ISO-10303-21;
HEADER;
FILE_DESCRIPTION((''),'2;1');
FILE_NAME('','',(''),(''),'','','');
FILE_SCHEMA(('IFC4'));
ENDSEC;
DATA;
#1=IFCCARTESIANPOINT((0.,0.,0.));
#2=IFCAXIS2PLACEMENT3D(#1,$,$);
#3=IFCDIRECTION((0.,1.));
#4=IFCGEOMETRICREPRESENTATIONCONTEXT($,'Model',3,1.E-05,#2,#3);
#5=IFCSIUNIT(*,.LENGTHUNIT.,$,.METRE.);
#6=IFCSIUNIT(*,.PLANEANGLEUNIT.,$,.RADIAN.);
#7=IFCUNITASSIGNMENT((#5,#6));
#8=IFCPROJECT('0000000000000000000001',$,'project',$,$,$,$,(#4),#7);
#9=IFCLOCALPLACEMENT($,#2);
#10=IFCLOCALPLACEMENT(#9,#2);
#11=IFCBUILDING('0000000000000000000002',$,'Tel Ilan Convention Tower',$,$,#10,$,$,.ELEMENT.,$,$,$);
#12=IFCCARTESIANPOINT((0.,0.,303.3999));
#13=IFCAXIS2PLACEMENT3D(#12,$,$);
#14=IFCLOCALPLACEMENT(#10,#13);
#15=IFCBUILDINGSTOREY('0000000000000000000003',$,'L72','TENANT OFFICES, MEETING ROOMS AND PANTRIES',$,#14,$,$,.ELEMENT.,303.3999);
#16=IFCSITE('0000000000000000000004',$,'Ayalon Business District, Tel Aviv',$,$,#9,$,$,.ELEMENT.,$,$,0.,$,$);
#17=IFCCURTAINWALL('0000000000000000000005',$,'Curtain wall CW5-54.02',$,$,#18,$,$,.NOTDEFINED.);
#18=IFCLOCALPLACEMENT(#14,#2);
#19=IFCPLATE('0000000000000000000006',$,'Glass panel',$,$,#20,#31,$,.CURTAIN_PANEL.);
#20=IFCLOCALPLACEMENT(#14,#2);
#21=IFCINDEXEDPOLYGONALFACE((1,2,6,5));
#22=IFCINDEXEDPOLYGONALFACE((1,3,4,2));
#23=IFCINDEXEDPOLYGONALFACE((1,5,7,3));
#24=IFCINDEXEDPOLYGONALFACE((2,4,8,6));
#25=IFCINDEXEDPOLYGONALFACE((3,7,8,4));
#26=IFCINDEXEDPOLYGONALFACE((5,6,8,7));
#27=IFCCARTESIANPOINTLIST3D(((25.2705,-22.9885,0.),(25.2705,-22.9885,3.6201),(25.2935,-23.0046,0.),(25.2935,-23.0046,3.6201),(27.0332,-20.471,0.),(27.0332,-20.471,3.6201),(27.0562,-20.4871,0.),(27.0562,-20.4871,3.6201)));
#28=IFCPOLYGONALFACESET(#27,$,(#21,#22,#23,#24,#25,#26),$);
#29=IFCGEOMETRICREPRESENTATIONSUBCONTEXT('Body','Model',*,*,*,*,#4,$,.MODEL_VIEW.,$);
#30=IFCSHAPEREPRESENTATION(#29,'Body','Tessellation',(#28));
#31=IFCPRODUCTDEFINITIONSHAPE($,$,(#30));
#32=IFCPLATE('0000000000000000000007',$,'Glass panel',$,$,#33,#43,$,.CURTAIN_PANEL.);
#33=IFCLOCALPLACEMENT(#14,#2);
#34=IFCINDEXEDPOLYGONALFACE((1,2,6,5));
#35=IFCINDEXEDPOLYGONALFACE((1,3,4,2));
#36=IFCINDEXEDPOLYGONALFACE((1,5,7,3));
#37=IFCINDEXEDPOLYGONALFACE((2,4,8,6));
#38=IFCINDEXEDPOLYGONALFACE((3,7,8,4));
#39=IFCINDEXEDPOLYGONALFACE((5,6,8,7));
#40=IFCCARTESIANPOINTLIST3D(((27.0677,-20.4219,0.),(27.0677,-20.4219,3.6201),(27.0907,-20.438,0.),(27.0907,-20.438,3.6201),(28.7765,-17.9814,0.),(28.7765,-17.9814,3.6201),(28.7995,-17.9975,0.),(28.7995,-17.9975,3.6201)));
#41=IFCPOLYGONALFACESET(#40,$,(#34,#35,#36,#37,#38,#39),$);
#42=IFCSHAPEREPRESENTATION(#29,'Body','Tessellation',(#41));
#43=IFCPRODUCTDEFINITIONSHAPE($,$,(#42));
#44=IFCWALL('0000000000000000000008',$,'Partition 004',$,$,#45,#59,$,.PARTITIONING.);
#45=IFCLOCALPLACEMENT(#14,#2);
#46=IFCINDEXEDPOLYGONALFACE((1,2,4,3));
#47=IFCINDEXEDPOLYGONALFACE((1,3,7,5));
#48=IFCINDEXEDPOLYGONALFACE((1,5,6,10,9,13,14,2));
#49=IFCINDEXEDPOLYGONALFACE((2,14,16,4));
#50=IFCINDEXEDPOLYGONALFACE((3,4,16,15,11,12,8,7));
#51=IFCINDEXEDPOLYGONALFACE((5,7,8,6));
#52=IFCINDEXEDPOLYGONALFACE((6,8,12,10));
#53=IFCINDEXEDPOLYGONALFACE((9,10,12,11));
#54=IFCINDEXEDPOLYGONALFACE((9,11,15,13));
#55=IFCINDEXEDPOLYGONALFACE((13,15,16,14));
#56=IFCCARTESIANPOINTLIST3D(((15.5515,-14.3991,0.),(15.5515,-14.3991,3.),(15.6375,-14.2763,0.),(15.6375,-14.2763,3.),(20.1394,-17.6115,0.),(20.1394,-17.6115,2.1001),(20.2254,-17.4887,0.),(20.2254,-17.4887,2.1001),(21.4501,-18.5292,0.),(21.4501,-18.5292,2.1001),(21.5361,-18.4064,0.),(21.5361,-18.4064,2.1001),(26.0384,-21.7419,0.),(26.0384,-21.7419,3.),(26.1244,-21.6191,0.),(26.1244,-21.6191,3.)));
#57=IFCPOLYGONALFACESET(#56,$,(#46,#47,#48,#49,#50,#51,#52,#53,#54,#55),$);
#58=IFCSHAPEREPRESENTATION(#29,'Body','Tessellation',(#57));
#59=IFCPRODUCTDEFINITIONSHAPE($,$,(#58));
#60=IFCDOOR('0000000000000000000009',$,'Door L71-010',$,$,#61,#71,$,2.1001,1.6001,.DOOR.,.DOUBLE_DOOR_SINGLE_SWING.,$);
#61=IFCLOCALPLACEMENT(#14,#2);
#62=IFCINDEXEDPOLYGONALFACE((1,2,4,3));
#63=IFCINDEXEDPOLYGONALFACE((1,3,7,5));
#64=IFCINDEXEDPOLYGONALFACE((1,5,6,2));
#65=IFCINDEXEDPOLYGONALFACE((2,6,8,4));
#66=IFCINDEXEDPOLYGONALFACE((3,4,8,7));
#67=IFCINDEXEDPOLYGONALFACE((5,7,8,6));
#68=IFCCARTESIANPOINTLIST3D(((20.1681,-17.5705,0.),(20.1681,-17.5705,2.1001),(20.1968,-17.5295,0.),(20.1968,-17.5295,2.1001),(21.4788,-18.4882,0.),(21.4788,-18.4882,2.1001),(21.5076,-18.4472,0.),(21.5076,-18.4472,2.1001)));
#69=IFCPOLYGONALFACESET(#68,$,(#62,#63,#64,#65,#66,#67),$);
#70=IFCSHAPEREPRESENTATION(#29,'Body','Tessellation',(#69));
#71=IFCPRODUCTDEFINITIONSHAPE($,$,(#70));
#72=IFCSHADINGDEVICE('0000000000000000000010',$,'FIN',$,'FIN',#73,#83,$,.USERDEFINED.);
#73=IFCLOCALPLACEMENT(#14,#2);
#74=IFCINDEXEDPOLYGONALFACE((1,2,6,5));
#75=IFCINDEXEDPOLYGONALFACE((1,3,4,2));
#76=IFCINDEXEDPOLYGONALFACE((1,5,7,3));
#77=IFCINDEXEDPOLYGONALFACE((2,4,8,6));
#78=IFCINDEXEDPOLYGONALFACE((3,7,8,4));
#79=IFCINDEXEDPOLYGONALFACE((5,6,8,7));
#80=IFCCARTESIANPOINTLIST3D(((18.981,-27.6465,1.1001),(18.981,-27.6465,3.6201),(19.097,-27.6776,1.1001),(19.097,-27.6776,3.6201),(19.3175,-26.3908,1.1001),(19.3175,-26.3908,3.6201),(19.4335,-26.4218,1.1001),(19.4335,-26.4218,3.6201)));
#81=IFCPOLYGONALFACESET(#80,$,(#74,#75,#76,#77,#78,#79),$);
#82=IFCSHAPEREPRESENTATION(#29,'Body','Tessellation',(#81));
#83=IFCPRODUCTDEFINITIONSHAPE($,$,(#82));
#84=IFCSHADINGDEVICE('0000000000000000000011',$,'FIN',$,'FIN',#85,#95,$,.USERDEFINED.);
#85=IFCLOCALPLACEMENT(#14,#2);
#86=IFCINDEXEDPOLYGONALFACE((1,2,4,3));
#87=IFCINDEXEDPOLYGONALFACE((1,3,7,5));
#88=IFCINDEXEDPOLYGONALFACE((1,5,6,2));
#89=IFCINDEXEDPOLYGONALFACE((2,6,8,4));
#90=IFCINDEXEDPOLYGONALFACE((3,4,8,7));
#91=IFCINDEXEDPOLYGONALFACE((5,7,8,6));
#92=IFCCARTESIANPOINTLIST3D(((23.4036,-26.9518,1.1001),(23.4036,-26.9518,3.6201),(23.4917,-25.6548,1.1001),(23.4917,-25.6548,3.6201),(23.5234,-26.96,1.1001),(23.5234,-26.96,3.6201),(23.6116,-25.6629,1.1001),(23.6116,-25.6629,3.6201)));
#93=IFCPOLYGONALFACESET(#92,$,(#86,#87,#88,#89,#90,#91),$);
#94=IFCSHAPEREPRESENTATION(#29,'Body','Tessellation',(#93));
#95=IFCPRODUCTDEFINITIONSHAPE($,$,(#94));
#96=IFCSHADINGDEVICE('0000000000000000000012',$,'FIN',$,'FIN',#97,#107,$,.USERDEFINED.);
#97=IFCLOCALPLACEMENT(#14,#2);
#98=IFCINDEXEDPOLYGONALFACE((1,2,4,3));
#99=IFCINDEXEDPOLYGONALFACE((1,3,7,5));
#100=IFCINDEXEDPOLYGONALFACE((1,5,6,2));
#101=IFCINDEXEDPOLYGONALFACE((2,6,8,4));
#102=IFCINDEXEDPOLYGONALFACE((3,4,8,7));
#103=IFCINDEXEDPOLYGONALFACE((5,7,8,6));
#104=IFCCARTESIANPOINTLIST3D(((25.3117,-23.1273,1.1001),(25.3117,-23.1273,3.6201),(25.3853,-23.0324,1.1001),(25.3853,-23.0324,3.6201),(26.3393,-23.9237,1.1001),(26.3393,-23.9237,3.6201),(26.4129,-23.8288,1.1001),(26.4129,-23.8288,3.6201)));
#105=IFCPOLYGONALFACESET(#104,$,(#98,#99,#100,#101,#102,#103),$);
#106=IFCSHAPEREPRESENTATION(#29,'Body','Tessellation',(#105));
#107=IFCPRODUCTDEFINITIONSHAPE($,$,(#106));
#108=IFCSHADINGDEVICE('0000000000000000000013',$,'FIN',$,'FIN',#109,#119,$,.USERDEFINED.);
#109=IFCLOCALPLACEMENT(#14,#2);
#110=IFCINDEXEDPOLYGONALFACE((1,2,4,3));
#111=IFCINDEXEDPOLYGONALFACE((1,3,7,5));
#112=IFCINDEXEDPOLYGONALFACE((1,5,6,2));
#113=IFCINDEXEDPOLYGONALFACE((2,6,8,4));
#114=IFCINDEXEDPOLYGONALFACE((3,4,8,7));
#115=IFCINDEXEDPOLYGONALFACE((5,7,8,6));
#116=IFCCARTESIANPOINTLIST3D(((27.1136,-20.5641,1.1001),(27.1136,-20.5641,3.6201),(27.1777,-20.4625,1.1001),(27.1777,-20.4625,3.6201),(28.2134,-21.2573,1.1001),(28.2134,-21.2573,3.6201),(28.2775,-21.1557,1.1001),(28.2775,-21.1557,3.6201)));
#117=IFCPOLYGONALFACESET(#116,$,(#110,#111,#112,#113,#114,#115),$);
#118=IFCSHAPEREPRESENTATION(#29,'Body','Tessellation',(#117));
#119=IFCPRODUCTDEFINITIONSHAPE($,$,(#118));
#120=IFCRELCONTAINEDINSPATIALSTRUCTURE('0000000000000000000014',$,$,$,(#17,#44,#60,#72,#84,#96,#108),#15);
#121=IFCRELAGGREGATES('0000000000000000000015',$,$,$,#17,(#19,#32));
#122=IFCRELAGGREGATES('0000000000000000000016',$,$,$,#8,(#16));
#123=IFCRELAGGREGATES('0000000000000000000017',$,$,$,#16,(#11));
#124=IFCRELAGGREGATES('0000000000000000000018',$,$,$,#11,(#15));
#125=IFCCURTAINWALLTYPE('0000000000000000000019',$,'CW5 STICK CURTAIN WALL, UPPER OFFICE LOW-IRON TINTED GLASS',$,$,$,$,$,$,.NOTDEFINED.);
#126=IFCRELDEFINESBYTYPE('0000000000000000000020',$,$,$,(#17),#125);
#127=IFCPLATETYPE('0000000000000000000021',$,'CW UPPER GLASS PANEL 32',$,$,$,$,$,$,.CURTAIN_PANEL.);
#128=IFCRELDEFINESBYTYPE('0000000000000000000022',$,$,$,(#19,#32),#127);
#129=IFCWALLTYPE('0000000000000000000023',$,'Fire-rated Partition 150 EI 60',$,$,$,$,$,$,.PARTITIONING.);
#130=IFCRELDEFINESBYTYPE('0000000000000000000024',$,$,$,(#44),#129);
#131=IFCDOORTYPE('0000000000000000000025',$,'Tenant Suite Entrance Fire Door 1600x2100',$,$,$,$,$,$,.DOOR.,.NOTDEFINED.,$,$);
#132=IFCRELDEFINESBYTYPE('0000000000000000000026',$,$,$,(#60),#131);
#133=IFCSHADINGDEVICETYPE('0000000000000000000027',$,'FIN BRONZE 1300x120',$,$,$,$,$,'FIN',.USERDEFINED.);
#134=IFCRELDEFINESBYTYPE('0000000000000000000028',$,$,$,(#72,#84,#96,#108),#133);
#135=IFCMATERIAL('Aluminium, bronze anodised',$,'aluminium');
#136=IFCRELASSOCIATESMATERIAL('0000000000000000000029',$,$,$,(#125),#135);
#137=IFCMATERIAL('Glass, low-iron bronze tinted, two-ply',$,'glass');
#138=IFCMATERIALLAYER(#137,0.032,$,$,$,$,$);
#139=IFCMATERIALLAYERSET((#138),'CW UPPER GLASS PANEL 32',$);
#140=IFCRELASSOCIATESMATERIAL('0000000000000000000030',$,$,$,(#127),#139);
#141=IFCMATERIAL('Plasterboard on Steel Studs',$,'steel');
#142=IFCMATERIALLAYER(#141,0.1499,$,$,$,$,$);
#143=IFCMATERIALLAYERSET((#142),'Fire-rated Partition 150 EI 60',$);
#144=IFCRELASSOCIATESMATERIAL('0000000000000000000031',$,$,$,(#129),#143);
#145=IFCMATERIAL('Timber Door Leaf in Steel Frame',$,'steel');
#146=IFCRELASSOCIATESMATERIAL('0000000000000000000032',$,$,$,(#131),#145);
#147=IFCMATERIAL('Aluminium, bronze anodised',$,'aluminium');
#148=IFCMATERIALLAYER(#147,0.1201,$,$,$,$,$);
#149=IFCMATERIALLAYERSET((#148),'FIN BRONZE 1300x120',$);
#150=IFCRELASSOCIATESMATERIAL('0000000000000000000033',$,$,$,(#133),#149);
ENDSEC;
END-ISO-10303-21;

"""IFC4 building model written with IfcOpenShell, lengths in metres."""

from ifc_helpers import new_model, si_unit, direction, frame, frame_2d, origin, origin_2d, place, context, subcontext, project, spatial, rectangle, extrude, material, layer, layer_set, type_object, element, fill, aggregate, save


model = new_model("IFC4")

# Units and contexts
model_context = context("Model", 3, precision=1e-05, world=origin(), true_north=direction((0.0, 1.0)))
body_context = subcontext(model_context, "Body", "Model", "MODEL_VIEW")
ifc_project = project(units=[si_unit("LENGTHUNIT", "METRE"), si_unit("PLANEANGLEUNIT", "RADIAN")], contexts=[model_context])

# Site, building, storey
site_placement = place(None, origin())
site = spatial("IfcSite", under=ifc_project, at=site_placement, Name="Ayalon Business District, Tel Aviv", CompositionType="ELEMENT", RefElevation=0.0)
building_placement = place(site_placement, origin())
building = spatial("IfcBuilding", under=site, at=building_placement, Name="Tel Ilan Convention Tower", CompositionType="ELEMENT")
storey_placement = place(building_placement, frame((0.0, 0.0, 303.3999)))
storey = spatial("IfcBuildingStorey", under=building, at=storey_placement, Name="L72", Description="TENANT OFFICES, MEETING ROOMS AND PANTRIES", CompositionType="ELEMENT", Elevation=303.3999)

# Curtain wall, plates
ifc_material_1 = material(Name="Aluminium, bronze anodised", Category="aluminium")
curtain_wall_type = type_object("IfcCurtainWallType", Name="CW5 STICK CURTAIN WALL, UPPER OFFICE LOW-IRON TINTED GLASS", PredefinedType="NOTDEFINED", material=ifc_material_1)
curtain_wall_placement = place(storey_placement, origin())
curtain_wall = element("IfcCurtainWall", 1, at=curtain_wall_placement, inside=storey, type_object=curtain_wall_type, Name="Curtain wall CW5-54.02", PredefinedType="NOTDEFINED")
ifc_material_2 = material(Name="Glass, low-iron bronze tinted, two-ply", Category="glass")
ifc_layer_1 = layer(ifc_material_2, 0.032)
ifc_layer_set_1 = layer_set([ifc_layer_1], Name="CW UPPER GLASS PANEL 32")
plate_type = type_object("IfcPlateType", Name="CW UPPER GLASS PANEL 32", PredefinedType="CURTAIN_PANEL", material=ifc_layer_set_1)
plate_1_placement = place(storey_placement, frame((26.1633, -21.7378, 0.0), z_axis=(0.0, 0.0, 1.0), x_axis=(0.573576, 0.819152, 0.0)))
plate_1 = element("IfcPlate", 2, at=plate_1_placement, type_object=plate_type, Name="Glass panel", PredefinedType="CURTAIN_PANEL", context=body_context, shape_type="SweptSolid", body=[
    extrude(rectangle(XDim=3.0732, YDim=0.0281, at=origin_2d()), origin(), (0.0, 0.0, 1.0), 3.6201),
])
plate_2_placement = place(storey_placement, frame((27.9336, -19.2097, 0.0), z_axis=(0.0, 0.0, 1.0), x_axis=(0.573576, 0.819152, 0.0)))
plate_2 = element("IfcPlate", 3, at=plate_2_placement, type_object=plate_type, Name="Glass panel", PredefinedType="CURTAIN_PANEL", context=body_context, shape_type="SweptSolid", body=[
    extrude(rectangle(XDim=2.9792, YDim=0.0281, at=origin_2d()), origin(), (0.0, 0.0, 1.0), 3.6201),
])
aggregate(curtain_wall, [plate_1, plate_2])

# Wall, opening, door
ifc_material_3 = material(Name="Plasterboard on Steel Studs", Category="steel")
ifc_layer_2 = layer(ifc_material_3, 0.1499)
ifc_layer_set_2 = layer_set([ifc_layer_2], Name="Fire-rated Partition 150 EI 60")
wall_type = type_object("IfcWallType", Name="Fire-rated Partition 150 EI 60", PredefinedType="PARTITIONING", material=ifc_layer_set_2)
wall_placement = place(storey_placement, frame((26.0813, -21.6804, 0.0), z_axis=(0.0, 0.0, 1.0), x_axis=(-0.819158, 0.573567, 0.0)))
wall = element("IfcWall", 4, at=wall_placement, inside=storey, type_object=wall_type, Name="Partition 004", PredefinedType="PARTITIONING", context=body_context, shape_type="SweptSolid", body=[
    extrude(rectangle(XDim=12.802, YDim=0.1499, at=frame_2d((6.4009, 0.0))), origin(), (0.0, 0.0, 1.0), 3.0),
])
opening_placement = place(wall_placement, frame((5.6011, 0.0, 0.0)))
opening = element("IfcOpeningElement", 5, at=opening_placement, cuts=wall, PredefinedType="OPENING", context=body_context, shape_type="SweptSolid", body=[
    extrude(rectangle(XDim=1.6001, YDim=2.1001, at=frame_2d((0.8, 1.05))), frame((0.0, 0.085, 0.0), z_axis=(0.0, -1.0, 0.0), x_axis=(1.0, 0.0, 0.0)), (0.0, 0.0, 1.0), 0.1699),
])
ifc_material_4 = material(Name="Timber Door Leaf in Steel Frame", Category="steel")
door_type = type_object("IfcDoorType", Name="Tenant Suite Entrance Fire Door 1600x2100", OperationType="NOTDEFINED", PredefinedType="DOOR", material=ifc_material_4)
door_placement = place(opening_placement, origin())
door = element("IfcDoor", 6, at=door_placement, inside=storey, type_object=door_type, Name="Door L71-010", OperationType="DOUBLE_DOOR_SINGLE_SWING", OverallHeight=2.1001, OverallWidth=1.6001, PredefinedType="DOOR", context=body_context, shape_type="SweptSolid", body=[
    extrude(rectangle(XDim=1.6001, YDim=2.1001, at=frame_2d((0.8, 1.05))), frame((0.0, 0.0249, 0.0), z_axis=(0.0, -1.0, 0.0), x_axis=(1.0, 0.0, 0.0)), (0.0, 0.0, 1.0), 0.05),
])
fill(opening, door)

# Shading devices
ifc_material_5 = material(Name="Aluminium, bronze anodised", Category="aluminium")
ifc_layer_3 = layer(ifc_material_5, 0.1201)
ifc_layer_set_3 = layer_set([ifc_layer_3], Name="FIN BRONZE 1300x120")
shading_device_type = type_object("IfcShadingDeviceType", Name="FIN BRONZE 1300x120", ElementType="FIN", PredefinedType="USERDEFINED", material=ifc_layer_set_3)
for number, where, z_axis, x_axis, name in (
    (7, (19.2073, -27.0342, 1.1001), (0.0, 0.0, 1.0), (-0.258819, -0.965926, 0.0), "FIN"),
    (8, (23.5076, -26.3074, 1.1001), (0.0, 0.0, 1.0), (-0.067822, -0.997697, 0.0), "FIN"),
    (9, (25.8623, -23.478, 1.1001), (0.0, 0.0, 1.0), (0.790393, -0.612601, 0.0), "FIN"),
    (10, (27.6956, -20.8599, 1.1001), (0.0, 0.0, 1.0), (0.845986, -0.533204, 0.0), "FIN"),
):
    element("IfcShadingDevice", number, at=place(storey_placement, frame(where, z_axis=z_axis, x_axis=x_axis)), inside=storey, type_object=shading_device_type, Name=name, ObjectType="FIN", PredefinedType="USERDEFINED", context=body_context, shape_type="SweptSolid", body=[
        extrude(rectangle(XDim=1.3, YDim=0.1201, at=origin_2d()), origin(), (0.0, 0.0, 1.0), 2.52),
    ])

save(model, "model.ifc")
